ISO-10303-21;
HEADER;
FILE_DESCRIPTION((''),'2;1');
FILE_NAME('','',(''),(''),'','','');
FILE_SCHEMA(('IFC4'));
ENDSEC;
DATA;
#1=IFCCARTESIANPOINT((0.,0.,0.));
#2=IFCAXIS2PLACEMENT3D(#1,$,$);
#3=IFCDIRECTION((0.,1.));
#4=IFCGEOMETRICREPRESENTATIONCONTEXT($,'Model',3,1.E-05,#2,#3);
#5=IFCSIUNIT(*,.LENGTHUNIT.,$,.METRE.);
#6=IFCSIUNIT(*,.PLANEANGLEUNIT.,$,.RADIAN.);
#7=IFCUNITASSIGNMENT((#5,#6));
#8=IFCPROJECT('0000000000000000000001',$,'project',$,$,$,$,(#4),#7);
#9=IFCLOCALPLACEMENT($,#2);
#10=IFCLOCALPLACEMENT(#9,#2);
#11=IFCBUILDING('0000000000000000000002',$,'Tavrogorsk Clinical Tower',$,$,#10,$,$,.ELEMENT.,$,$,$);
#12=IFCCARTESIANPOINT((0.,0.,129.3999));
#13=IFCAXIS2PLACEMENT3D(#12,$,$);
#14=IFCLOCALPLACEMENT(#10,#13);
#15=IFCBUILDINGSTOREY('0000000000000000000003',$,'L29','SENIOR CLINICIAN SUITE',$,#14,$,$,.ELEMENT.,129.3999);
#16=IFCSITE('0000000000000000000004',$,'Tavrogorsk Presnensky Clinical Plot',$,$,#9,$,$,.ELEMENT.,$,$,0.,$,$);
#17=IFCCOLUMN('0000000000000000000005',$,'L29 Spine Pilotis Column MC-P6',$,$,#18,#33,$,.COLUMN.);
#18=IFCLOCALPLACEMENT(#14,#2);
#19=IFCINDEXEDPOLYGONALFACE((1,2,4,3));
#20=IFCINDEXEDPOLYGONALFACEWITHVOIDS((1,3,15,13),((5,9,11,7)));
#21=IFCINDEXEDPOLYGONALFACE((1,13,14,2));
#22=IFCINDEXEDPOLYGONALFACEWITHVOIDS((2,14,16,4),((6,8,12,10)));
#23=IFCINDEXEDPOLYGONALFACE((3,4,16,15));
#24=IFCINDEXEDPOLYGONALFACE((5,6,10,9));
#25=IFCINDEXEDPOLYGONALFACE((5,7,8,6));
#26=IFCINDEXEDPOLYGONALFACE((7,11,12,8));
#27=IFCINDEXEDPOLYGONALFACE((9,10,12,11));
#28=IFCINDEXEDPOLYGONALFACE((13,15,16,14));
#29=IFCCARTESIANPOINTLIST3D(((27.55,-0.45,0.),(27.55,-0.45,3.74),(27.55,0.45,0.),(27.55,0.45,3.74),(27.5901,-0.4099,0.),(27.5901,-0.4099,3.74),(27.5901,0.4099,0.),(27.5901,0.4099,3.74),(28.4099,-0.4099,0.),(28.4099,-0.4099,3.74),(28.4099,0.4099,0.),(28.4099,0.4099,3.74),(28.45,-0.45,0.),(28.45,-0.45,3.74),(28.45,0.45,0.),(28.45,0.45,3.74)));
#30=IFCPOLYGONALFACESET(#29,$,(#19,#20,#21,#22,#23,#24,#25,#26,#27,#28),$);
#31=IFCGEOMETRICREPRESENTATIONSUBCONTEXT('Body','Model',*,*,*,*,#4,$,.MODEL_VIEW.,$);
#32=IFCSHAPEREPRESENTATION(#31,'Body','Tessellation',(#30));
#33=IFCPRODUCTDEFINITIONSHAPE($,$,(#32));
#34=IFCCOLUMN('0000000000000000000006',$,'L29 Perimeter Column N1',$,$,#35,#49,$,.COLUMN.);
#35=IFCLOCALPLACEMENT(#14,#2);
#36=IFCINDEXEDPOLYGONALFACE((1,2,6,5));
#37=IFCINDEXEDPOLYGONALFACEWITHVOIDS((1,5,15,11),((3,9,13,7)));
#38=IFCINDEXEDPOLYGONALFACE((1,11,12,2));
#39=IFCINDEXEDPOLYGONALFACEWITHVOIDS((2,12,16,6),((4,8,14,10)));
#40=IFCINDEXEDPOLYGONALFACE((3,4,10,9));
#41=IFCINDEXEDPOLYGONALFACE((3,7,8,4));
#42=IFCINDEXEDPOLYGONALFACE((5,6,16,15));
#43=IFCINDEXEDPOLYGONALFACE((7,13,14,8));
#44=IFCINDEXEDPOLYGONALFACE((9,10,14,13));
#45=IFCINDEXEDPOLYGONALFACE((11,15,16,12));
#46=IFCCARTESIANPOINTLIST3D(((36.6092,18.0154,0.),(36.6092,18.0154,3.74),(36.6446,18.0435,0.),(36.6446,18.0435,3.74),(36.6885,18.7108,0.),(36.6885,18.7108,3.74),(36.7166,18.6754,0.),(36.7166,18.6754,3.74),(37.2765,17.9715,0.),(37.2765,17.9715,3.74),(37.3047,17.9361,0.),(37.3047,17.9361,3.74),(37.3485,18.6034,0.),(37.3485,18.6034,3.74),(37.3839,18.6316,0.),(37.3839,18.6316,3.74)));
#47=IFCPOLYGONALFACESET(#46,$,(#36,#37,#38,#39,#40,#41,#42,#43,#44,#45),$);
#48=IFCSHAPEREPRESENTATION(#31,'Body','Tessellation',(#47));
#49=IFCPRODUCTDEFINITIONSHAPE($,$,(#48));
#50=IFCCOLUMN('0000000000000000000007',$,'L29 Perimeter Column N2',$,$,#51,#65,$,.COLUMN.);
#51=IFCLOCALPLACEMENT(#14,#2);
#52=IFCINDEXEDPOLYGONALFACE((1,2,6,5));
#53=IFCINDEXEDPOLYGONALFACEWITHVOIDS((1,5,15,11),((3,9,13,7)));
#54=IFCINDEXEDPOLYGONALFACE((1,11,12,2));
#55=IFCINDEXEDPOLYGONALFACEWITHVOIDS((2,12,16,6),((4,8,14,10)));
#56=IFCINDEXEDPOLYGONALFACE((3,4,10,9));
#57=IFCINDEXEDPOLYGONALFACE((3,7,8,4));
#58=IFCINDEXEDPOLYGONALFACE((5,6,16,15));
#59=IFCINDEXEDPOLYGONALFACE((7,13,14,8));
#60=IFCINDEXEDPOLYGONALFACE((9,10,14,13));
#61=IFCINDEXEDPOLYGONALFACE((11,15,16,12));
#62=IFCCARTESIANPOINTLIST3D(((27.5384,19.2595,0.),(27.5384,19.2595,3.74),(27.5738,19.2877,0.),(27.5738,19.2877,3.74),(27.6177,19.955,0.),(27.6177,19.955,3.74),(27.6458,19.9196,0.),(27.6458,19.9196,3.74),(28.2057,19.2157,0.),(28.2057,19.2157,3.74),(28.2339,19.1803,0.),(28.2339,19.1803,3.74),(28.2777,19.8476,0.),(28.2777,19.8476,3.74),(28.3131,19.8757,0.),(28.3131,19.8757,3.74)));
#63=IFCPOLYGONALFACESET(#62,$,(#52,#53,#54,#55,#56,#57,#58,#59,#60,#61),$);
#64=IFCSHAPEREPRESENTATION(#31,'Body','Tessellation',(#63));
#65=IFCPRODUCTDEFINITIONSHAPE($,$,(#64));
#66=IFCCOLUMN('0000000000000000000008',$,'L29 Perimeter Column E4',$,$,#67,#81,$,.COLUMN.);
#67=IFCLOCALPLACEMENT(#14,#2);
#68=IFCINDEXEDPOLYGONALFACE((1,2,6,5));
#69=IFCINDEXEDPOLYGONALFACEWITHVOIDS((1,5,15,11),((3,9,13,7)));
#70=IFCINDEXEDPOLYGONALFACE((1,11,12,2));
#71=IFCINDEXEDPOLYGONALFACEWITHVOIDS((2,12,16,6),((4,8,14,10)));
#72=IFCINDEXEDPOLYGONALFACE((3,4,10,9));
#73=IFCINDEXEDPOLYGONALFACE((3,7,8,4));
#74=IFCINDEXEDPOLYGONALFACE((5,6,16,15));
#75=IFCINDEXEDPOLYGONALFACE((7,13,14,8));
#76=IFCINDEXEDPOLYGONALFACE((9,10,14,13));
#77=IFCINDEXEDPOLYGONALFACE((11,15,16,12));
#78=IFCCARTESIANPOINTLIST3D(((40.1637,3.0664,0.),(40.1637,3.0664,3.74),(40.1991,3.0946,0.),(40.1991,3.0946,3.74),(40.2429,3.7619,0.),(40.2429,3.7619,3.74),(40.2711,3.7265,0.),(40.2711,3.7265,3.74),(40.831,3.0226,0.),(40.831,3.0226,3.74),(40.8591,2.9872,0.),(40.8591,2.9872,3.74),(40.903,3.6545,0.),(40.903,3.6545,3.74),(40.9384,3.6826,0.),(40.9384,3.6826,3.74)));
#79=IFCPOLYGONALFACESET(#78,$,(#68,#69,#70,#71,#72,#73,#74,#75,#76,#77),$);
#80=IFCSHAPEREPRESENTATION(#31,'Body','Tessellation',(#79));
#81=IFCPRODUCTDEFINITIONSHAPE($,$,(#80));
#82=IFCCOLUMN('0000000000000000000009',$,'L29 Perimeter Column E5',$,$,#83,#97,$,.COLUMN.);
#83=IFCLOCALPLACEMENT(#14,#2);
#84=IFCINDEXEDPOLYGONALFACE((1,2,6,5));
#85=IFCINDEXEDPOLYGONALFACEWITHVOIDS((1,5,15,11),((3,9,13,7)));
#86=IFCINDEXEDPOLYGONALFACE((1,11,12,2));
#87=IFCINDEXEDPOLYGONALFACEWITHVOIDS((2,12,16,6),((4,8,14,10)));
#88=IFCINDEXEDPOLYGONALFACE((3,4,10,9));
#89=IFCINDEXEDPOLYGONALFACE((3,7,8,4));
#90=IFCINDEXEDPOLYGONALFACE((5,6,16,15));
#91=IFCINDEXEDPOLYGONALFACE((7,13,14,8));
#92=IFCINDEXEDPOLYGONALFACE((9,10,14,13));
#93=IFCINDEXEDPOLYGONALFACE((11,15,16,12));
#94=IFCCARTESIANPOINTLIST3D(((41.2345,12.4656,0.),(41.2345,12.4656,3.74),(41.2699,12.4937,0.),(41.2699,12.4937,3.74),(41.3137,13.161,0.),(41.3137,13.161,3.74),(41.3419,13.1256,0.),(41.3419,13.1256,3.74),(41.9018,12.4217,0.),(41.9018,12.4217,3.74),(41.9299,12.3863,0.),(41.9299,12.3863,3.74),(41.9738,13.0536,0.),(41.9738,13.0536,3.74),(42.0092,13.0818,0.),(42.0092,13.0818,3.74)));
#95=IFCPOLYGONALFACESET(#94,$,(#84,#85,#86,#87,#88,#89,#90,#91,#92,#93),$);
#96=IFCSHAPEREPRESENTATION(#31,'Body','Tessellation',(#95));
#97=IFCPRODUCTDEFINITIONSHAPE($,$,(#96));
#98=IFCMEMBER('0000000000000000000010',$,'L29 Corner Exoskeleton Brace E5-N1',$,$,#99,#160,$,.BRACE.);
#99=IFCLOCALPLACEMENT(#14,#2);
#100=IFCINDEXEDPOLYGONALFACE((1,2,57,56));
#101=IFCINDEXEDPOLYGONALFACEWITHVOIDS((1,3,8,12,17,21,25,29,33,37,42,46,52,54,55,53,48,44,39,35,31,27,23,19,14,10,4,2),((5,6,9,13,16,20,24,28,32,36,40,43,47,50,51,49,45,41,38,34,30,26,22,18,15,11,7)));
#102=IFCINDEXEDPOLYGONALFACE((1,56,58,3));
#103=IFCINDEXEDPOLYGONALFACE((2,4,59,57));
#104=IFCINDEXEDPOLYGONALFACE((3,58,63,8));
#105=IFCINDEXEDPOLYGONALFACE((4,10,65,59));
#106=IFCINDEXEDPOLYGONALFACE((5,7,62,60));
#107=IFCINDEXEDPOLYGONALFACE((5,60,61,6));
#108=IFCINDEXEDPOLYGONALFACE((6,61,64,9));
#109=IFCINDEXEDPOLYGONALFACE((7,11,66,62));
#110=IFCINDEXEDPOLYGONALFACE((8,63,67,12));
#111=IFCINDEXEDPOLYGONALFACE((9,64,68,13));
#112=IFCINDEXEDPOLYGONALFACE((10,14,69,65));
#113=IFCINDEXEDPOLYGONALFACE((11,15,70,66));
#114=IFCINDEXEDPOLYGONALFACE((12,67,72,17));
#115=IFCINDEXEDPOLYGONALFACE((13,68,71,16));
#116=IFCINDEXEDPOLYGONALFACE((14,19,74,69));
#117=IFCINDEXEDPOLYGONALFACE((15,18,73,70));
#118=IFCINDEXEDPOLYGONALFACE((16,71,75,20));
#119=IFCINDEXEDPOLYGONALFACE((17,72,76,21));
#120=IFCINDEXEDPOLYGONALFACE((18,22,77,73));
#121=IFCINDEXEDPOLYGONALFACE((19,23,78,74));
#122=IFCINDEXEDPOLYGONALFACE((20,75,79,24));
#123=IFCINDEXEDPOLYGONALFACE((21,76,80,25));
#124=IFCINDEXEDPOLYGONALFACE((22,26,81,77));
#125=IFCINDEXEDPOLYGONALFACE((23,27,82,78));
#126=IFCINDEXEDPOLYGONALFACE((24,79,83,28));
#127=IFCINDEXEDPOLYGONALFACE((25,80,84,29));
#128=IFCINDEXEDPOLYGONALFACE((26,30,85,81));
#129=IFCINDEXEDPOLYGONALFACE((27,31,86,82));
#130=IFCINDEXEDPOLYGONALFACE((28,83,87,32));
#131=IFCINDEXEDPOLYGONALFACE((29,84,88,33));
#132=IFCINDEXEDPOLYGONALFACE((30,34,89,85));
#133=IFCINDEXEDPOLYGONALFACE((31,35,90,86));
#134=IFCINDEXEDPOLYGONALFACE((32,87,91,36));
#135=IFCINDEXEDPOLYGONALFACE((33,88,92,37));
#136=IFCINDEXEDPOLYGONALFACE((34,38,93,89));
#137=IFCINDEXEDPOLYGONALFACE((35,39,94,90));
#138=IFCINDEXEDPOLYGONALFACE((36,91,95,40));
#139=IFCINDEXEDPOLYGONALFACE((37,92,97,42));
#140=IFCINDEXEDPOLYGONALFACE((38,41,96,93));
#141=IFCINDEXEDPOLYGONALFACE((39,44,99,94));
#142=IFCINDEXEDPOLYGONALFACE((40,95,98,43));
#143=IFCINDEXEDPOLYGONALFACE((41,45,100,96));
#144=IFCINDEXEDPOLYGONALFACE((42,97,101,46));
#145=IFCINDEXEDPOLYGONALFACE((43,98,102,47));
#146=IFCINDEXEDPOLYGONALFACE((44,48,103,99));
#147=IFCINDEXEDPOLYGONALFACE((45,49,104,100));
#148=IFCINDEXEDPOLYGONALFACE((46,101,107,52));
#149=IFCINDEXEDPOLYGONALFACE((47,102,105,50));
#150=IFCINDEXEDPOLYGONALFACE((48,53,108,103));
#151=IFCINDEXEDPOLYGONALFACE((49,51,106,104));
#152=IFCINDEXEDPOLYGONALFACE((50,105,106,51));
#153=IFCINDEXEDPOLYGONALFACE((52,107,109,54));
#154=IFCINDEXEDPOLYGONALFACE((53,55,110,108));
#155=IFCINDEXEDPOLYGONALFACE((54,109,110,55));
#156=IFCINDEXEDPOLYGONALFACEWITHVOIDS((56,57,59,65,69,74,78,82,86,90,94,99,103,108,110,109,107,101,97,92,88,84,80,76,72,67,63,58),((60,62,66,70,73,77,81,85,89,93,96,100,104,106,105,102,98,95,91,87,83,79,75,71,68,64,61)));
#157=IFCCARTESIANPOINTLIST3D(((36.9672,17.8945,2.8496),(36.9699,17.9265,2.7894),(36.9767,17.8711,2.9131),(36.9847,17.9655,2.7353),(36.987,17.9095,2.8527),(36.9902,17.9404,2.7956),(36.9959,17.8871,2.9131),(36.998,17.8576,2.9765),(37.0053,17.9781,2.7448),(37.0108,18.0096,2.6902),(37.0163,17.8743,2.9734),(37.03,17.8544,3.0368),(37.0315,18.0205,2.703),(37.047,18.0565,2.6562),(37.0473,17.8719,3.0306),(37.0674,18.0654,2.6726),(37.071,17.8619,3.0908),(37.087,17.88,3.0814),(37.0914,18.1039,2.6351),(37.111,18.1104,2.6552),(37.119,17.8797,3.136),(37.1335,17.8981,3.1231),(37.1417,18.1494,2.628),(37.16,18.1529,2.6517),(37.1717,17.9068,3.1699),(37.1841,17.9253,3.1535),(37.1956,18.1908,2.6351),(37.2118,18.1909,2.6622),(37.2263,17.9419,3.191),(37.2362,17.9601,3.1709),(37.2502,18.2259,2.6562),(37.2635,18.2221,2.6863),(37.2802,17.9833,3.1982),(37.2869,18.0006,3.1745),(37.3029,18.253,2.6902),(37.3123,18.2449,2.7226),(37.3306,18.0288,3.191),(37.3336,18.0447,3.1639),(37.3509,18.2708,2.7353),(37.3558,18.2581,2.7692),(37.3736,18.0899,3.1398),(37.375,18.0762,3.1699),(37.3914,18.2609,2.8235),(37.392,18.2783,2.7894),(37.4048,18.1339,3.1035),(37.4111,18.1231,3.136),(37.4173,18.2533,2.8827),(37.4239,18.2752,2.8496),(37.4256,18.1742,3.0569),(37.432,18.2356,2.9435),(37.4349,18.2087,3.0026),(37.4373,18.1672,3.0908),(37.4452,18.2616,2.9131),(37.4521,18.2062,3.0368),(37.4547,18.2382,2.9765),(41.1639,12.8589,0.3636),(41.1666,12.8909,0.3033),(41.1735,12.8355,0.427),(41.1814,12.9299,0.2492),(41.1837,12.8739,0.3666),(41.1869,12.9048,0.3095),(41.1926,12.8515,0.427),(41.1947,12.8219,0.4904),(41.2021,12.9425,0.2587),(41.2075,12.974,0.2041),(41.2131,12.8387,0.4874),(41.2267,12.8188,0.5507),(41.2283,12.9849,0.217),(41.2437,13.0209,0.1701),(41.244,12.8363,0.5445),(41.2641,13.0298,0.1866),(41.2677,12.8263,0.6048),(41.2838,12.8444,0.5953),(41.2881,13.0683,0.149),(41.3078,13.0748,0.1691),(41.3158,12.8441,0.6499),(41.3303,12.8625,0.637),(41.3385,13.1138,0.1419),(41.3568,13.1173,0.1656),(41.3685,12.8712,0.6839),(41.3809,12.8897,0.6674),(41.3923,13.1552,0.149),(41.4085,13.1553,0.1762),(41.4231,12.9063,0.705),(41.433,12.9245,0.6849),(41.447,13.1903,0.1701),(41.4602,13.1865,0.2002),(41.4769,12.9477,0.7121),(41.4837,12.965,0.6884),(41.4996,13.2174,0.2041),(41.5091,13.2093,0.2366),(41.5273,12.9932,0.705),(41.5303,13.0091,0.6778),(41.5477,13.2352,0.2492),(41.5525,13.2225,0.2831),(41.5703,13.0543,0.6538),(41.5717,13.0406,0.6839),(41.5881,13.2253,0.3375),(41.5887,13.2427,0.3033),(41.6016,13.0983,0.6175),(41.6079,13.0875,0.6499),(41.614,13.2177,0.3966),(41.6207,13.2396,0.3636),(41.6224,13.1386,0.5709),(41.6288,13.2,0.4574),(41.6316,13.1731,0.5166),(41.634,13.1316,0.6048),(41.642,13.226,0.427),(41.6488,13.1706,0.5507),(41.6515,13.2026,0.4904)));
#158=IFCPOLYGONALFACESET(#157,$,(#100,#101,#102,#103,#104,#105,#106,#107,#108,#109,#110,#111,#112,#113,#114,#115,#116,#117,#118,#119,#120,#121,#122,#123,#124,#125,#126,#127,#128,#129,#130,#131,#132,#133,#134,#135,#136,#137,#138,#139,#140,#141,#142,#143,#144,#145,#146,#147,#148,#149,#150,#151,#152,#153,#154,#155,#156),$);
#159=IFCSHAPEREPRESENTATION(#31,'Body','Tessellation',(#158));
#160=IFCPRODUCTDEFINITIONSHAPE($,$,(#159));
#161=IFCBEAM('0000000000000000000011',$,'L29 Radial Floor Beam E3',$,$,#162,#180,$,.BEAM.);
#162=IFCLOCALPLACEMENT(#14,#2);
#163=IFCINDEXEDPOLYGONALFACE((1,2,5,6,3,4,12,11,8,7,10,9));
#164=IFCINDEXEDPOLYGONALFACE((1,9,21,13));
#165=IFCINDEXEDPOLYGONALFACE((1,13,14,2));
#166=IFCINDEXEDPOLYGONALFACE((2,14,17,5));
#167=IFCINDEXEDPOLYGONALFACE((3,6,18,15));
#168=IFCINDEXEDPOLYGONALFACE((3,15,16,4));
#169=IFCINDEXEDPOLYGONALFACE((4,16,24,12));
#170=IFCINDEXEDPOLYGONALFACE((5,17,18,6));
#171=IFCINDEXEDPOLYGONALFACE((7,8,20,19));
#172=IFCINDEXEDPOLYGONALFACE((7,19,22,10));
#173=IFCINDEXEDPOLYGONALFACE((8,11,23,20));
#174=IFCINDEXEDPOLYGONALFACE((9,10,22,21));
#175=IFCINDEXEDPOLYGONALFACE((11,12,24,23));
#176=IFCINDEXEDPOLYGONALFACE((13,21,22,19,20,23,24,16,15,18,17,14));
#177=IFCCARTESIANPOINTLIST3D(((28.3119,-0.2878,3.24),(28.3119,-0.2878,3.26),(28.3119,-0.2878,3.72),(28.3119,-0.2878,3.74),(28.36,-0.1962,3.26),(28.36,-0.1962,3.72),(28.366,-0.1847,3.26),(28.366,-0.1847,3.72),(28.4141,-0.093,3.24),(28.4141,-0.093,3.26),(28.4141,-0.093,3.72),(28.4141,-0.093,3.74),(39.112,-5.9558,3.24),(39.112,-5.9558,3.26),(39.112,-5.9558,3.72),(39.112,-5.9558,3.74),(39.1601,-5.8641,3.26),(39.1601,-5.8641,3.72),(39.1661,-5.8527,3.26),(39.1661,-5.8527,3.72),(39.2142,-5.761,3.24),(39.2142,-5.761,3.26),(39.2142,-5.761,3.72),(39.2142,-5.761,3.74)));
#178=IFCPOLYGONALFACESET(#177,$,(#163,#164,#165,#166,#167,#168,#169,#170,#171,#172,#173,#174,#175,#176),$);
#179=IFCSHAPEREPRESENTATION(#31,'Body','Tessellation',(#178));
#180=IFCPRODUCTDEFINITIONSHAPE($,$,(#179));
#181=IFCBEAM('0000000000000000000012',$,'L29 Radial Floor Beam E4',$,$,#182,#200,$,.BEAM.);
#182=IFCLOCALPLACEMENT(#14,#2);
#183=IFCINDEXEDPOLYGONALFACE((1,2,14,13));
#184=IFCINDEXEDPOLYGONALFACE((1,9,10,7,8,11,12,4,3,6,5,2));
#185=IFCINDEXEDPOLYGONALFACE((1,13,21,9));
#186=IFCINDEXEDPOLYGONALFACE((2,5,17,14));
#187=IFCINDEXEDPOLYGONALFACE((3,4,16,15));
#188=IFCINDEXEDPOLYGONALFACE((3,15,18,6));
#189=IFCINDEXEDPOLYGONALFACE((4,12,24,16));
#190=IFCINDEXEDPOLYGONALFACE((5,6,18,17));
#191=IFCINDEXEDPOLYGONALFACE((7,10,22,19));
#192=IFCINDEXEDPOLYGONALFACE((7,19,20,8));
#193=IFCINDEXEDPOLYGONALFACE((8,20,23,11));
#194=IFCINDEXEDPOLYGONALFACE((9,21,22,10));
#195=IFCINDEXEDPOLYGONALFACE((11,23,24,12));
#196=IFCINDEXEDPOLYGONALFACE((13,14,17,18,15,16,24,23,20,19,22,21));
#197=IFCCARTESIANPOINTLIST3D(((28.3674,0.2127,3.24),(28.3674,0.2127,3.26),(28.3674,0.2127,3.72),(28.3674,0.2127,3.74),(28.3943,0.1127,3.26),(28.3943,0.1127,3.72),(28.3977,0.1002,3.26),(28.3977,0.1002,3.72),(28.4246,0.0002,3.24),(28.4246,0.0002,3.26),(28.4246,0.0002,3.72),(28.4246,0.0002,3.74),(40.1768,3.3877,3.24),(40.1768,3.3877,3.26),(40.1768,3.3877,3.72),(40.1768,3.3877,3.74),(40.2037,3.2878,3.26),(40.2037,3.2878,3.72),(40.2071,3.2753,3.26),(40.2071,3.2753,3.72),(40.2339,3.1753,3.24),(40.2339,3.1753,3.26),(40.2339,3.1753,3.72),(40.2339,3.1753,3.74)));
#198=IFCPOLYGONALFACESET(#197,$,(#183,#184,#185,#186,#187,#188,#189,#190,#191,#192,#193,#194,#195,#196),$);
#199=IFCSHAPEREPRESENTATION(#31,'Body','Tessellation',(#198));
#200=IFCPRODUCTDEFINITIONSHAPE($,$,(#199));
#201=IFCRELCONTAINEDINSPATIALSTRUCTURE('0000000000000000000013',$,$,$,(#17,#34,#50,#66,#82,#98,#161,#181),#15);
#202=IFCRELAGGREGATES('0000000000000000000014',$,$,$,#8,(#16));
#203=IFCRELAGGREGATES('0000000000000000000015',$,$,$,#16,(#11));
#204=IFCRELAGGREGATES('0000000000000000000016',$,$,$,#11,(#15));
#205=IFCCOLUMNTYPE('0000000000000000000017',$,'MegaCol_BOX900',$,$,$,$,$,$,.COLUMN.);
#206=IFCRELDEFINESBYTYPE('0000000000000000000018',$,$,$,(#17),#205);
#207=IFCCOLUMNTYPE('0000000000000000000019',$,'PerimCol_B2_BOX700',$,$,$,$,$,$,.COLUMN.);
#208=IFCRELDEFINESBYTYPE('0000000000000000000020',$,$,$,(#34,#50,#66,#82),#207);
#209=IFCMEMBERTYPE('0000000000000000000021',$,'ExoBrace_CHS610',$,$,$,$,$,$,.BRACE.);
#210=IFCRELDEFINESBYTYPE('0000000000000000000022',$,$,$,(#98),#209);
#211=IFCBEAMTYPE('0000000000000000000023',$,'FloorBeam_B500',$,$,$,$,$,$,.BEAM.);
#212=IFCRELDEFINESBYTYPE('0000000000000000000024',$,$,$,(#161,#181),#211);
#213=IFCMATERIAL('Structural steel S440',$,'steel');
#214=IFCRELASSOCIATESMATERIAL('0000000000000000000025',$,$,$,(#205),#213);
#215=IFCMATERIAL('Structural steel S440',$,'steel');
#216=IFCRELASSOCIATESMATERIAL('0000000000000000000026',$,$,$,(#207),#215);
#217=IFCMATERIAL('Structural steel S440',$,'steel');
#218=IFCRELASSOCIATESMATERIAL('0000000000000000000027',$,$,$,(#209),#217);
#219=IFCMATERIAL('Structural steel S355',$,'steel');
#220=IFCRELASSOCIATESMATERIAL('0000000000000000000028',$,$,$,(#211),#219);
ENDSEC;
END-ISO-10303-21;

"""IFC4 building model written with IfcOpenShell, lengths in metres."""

from ifc_helpers import new_model, si_unit, direction, frame, origin, origin_2d, place, context, subcontext, project, spatial, hollow_rectangle, hollow_circle, i_section, extrude, material, material_profile, profile_set, type_object, element, save


model = new_model("IFC4")

# Units and contexts
model_context = context("Model", 3, precision=1e-05, world=origin(), true_north=direction((0.0, 1.0)))
body_context = subcontext(model_context, "Body", "Model", "MODEL_VIEW")
ifc_project = project(units=[si_unit("LENGTHUNIT", "METRE"), si_unit("PLANEANGLEUNIT", "RADIAN")], contexts=[model_context])

# Site, building, storey
site_placement = place(None, origin())
site = spatial("IfcSite", under=ifc_project, at=site_placement, Name="Tavrogorsk Presnensky Clinical Plot", CompositionType="ELEMENT", RefElevation=0.0)
building_placement = place(site_placement, origin())
building = spatial("IfcBuilding", under=site, at=building_placement, Name="Tavrogorsk Clinical Tower", CompositionType="ELEMENT")
storey_placement = place(building_placement, frame((0.0, 0.0, 129.3999)))
storey = spatial("IfcBuildingStorey", under=building, at=storey_placement, Name="L29", Description="SENIOR CLINICIAN SUITE", CompositionType="ELEMENT", Elevation=129.3999)

# Columns
ifc_material_1 = material(Name="Structural steel S440", Category="steel")
ifc_material_profile_1 = material_profile(ifc_material_1, hollow_rectangle(XDim=0.8999, YDim=0.8999, WallThickness=0.04, at=origin_2d()), Name="BOX-900x900x40")
ifc_profile_set_1 = profile_set([ifc_material_profile_1], Name="Structural steel S440")
column_type_1 = type_object("IfcColumnType", Name="MegaCol_BOX900", PredefinedType="COLUMN", material=ifc_profile_set_1)
column_placement = place(storey_placement, frame((28.0, 0.0, 0.0), z_axis=(0.0, 0.0, 1.0), x_axis=(1.0, 0.0, 0.0)))
element("IfcColumn", 1, at=column_placement, inside=storey, type_object=column_type_1, Name="L29 Spine Pilotis Column MC-P6", PredefinedType="COLUMN", context=body_context, shape_type="SweptSolid", body=[
    extrude(hollow_rectangle(XDim=0.8999, YDim=0.8999, WallThickness=0.04, at=origin_2d()), origin(), (0.0, 0.0, 1.0), 3.74),
])
ifc_material_2 = material(Name="Structural steel S440", Category="steel")
ifc_material_profile_2 = material_profile(ifc_material_2, hollow_rectangle(XDim=0.7, YDim=0.7, WallThickness=0.032, at=origin_2d()), Name="BOX-700x700x32")
ifc_profile_set_2 = profile_set([ifc_material_profile_2], Name="Structural steel S440")
column_type_2 = type_object("IfcColumnType", Name="PerimCol_B2_BOX700", PredefinedType="COLUMN", material=ifc_profile_set_2)
for number, where, z_axis, x_axis, name in (
    (2, (36.9966, 18.3235, 0.0), (0.0, 0.0, 1.0), (0.993572, -0.113203, 0.0), "L29 Perimeter Column N1"),
    (3, (27.9258, 19.5676, 0.0), (0.0, 0.0, 1.0), (0.993572, -0.113203, 0.0), "L29 Perimeter Column N2"),
    (4, (40.551, 3.3745, 0.0), (0.0, 0.0, 1.0), (0.993572, -0.113203, 0.0), "L29 Perimeter Column E4"),
    (5, (41.6218, 12.7737, 0.0), (0.0, 0.0, 1.0), (0.993572, -0.113203, 0.0), "L29 Perimeter Column E5"),
):
    element("IfcColumn", number, at=place(storey_placement, frame(where, z_axis=z_axis, x_axis=x_axis)), inside=storey, type_object=column_type_2, Name=name, PredefinedType="COLUMN", context=body_context, shape_type="SweptSolid", body=[
        extrude(hollow_rectangle(XDim=0.7, YDim=0.7, WallThickness=0.032, at=origin_2d()), origin(), (0.0, 0.0, 1.0), 3.74),
    ])

# Member
ifc_material_3 = material(Name="Structural steel S440", Category="steel")
ifc_material_profile_3 = material_profile(ifc_material_3, hollow_circle(Radius=0.3049, WallThickness=0.0249, at=origin_2d()), Name="CHS-610x25")
ifc_profile_set_3 = profile_set([ifc_material_profile_3], Name="Structural steel S440")
member_type_1 = type_object("IfcMemberType", Name="ExoBrace_CHS610", PredefinedType="BRACE", material=ifc_profile_set_3)
member_placement = place(storey_placement, frame((41.4077, 13.0308, 0.427), z_axis=(-0.598616, 0.71827, 0.354608), x_axis=(-0.768191, -0.640221, 0.0)))
element("IfcMember", 6, at=member_placement, inside=storey, type_object=member_type_1, Name="L29 Corner Exoskeleton Brace E5-N1", PredefinedType="BRACE", context=body_context, shape_type="SweptSolid", body=[
    extrude(hollow_circle(Radius=0.3049, WallThickness=0.0249, at=origin_2d()), origin(), (0.0, 0.0, 1.0), 7.0107),
])

# Beams
ifc_material_4 = material(Name="Structural steel S355", Category="steel")
ifc_material_profile_4 = material_profile(ifc_material_4, i_section(OverallWidth=0.22, OverallDepth=0.5, WebThickness=0.0129, FlangeThickness=0.02, at=origin_2d()), Name="B-500x220x13x20")
ifc_profile_set_4 = profile_set([ifc_material_profile_4], Name="Structural steel S355")
beam_type_1 = type_object("IfcBeamType", Name="FloorBeam_B500", PredefinedType="BEAM", material=ifc_profile_set_4)
beam_1_placement = place(storey_placement, frame((28.363, -0.1904, 3.49), z_axis=(0.885467, -0.464702, 0.0), x_axis=(0.464702, 0.885467, 0.0)))
element("IfcBeam", 7, at=beam_1_placement, inside=storey, type_object=beam_type_1, Name="L29 Radial Floor Beam E3", PredefinedType="BEAM", context=body_context, shape_type="SweptSolid", body=[
    extrude(i_section(OverallWidth=0.22, OverallDepth=0.5, WebThickness=0.0129, FlangeThickness=0.02, at=origin_2d()), origin(), (0.0, 0.0, 1.0), 12.197),
])
beam_2_placement = place(storey_placement, frame((28.396, 0.1064, 3.49), z_axis=(0.965706, 0.259639, 0.0), x_axis=(-0.259639, 0.965706, 0.0)))
element("IfcBeam", 8, at=beam_2_placement, inside=storey, type_object=beam_type_1, Name="L29 Radial Floor Beam E4", PredefinedType="BEAM", context=body_context, shape_type="SweptSolid", body=[
    extrude(i_section(OverallWidth=0.22, OverallDepth=0.5, WebThickness=0.0129, FlangeThickness=0.02, at=origin_2d()), origin(), (0.0, 0.0, 1.0), 12.2288),
])

save(model, "model.ifc")
